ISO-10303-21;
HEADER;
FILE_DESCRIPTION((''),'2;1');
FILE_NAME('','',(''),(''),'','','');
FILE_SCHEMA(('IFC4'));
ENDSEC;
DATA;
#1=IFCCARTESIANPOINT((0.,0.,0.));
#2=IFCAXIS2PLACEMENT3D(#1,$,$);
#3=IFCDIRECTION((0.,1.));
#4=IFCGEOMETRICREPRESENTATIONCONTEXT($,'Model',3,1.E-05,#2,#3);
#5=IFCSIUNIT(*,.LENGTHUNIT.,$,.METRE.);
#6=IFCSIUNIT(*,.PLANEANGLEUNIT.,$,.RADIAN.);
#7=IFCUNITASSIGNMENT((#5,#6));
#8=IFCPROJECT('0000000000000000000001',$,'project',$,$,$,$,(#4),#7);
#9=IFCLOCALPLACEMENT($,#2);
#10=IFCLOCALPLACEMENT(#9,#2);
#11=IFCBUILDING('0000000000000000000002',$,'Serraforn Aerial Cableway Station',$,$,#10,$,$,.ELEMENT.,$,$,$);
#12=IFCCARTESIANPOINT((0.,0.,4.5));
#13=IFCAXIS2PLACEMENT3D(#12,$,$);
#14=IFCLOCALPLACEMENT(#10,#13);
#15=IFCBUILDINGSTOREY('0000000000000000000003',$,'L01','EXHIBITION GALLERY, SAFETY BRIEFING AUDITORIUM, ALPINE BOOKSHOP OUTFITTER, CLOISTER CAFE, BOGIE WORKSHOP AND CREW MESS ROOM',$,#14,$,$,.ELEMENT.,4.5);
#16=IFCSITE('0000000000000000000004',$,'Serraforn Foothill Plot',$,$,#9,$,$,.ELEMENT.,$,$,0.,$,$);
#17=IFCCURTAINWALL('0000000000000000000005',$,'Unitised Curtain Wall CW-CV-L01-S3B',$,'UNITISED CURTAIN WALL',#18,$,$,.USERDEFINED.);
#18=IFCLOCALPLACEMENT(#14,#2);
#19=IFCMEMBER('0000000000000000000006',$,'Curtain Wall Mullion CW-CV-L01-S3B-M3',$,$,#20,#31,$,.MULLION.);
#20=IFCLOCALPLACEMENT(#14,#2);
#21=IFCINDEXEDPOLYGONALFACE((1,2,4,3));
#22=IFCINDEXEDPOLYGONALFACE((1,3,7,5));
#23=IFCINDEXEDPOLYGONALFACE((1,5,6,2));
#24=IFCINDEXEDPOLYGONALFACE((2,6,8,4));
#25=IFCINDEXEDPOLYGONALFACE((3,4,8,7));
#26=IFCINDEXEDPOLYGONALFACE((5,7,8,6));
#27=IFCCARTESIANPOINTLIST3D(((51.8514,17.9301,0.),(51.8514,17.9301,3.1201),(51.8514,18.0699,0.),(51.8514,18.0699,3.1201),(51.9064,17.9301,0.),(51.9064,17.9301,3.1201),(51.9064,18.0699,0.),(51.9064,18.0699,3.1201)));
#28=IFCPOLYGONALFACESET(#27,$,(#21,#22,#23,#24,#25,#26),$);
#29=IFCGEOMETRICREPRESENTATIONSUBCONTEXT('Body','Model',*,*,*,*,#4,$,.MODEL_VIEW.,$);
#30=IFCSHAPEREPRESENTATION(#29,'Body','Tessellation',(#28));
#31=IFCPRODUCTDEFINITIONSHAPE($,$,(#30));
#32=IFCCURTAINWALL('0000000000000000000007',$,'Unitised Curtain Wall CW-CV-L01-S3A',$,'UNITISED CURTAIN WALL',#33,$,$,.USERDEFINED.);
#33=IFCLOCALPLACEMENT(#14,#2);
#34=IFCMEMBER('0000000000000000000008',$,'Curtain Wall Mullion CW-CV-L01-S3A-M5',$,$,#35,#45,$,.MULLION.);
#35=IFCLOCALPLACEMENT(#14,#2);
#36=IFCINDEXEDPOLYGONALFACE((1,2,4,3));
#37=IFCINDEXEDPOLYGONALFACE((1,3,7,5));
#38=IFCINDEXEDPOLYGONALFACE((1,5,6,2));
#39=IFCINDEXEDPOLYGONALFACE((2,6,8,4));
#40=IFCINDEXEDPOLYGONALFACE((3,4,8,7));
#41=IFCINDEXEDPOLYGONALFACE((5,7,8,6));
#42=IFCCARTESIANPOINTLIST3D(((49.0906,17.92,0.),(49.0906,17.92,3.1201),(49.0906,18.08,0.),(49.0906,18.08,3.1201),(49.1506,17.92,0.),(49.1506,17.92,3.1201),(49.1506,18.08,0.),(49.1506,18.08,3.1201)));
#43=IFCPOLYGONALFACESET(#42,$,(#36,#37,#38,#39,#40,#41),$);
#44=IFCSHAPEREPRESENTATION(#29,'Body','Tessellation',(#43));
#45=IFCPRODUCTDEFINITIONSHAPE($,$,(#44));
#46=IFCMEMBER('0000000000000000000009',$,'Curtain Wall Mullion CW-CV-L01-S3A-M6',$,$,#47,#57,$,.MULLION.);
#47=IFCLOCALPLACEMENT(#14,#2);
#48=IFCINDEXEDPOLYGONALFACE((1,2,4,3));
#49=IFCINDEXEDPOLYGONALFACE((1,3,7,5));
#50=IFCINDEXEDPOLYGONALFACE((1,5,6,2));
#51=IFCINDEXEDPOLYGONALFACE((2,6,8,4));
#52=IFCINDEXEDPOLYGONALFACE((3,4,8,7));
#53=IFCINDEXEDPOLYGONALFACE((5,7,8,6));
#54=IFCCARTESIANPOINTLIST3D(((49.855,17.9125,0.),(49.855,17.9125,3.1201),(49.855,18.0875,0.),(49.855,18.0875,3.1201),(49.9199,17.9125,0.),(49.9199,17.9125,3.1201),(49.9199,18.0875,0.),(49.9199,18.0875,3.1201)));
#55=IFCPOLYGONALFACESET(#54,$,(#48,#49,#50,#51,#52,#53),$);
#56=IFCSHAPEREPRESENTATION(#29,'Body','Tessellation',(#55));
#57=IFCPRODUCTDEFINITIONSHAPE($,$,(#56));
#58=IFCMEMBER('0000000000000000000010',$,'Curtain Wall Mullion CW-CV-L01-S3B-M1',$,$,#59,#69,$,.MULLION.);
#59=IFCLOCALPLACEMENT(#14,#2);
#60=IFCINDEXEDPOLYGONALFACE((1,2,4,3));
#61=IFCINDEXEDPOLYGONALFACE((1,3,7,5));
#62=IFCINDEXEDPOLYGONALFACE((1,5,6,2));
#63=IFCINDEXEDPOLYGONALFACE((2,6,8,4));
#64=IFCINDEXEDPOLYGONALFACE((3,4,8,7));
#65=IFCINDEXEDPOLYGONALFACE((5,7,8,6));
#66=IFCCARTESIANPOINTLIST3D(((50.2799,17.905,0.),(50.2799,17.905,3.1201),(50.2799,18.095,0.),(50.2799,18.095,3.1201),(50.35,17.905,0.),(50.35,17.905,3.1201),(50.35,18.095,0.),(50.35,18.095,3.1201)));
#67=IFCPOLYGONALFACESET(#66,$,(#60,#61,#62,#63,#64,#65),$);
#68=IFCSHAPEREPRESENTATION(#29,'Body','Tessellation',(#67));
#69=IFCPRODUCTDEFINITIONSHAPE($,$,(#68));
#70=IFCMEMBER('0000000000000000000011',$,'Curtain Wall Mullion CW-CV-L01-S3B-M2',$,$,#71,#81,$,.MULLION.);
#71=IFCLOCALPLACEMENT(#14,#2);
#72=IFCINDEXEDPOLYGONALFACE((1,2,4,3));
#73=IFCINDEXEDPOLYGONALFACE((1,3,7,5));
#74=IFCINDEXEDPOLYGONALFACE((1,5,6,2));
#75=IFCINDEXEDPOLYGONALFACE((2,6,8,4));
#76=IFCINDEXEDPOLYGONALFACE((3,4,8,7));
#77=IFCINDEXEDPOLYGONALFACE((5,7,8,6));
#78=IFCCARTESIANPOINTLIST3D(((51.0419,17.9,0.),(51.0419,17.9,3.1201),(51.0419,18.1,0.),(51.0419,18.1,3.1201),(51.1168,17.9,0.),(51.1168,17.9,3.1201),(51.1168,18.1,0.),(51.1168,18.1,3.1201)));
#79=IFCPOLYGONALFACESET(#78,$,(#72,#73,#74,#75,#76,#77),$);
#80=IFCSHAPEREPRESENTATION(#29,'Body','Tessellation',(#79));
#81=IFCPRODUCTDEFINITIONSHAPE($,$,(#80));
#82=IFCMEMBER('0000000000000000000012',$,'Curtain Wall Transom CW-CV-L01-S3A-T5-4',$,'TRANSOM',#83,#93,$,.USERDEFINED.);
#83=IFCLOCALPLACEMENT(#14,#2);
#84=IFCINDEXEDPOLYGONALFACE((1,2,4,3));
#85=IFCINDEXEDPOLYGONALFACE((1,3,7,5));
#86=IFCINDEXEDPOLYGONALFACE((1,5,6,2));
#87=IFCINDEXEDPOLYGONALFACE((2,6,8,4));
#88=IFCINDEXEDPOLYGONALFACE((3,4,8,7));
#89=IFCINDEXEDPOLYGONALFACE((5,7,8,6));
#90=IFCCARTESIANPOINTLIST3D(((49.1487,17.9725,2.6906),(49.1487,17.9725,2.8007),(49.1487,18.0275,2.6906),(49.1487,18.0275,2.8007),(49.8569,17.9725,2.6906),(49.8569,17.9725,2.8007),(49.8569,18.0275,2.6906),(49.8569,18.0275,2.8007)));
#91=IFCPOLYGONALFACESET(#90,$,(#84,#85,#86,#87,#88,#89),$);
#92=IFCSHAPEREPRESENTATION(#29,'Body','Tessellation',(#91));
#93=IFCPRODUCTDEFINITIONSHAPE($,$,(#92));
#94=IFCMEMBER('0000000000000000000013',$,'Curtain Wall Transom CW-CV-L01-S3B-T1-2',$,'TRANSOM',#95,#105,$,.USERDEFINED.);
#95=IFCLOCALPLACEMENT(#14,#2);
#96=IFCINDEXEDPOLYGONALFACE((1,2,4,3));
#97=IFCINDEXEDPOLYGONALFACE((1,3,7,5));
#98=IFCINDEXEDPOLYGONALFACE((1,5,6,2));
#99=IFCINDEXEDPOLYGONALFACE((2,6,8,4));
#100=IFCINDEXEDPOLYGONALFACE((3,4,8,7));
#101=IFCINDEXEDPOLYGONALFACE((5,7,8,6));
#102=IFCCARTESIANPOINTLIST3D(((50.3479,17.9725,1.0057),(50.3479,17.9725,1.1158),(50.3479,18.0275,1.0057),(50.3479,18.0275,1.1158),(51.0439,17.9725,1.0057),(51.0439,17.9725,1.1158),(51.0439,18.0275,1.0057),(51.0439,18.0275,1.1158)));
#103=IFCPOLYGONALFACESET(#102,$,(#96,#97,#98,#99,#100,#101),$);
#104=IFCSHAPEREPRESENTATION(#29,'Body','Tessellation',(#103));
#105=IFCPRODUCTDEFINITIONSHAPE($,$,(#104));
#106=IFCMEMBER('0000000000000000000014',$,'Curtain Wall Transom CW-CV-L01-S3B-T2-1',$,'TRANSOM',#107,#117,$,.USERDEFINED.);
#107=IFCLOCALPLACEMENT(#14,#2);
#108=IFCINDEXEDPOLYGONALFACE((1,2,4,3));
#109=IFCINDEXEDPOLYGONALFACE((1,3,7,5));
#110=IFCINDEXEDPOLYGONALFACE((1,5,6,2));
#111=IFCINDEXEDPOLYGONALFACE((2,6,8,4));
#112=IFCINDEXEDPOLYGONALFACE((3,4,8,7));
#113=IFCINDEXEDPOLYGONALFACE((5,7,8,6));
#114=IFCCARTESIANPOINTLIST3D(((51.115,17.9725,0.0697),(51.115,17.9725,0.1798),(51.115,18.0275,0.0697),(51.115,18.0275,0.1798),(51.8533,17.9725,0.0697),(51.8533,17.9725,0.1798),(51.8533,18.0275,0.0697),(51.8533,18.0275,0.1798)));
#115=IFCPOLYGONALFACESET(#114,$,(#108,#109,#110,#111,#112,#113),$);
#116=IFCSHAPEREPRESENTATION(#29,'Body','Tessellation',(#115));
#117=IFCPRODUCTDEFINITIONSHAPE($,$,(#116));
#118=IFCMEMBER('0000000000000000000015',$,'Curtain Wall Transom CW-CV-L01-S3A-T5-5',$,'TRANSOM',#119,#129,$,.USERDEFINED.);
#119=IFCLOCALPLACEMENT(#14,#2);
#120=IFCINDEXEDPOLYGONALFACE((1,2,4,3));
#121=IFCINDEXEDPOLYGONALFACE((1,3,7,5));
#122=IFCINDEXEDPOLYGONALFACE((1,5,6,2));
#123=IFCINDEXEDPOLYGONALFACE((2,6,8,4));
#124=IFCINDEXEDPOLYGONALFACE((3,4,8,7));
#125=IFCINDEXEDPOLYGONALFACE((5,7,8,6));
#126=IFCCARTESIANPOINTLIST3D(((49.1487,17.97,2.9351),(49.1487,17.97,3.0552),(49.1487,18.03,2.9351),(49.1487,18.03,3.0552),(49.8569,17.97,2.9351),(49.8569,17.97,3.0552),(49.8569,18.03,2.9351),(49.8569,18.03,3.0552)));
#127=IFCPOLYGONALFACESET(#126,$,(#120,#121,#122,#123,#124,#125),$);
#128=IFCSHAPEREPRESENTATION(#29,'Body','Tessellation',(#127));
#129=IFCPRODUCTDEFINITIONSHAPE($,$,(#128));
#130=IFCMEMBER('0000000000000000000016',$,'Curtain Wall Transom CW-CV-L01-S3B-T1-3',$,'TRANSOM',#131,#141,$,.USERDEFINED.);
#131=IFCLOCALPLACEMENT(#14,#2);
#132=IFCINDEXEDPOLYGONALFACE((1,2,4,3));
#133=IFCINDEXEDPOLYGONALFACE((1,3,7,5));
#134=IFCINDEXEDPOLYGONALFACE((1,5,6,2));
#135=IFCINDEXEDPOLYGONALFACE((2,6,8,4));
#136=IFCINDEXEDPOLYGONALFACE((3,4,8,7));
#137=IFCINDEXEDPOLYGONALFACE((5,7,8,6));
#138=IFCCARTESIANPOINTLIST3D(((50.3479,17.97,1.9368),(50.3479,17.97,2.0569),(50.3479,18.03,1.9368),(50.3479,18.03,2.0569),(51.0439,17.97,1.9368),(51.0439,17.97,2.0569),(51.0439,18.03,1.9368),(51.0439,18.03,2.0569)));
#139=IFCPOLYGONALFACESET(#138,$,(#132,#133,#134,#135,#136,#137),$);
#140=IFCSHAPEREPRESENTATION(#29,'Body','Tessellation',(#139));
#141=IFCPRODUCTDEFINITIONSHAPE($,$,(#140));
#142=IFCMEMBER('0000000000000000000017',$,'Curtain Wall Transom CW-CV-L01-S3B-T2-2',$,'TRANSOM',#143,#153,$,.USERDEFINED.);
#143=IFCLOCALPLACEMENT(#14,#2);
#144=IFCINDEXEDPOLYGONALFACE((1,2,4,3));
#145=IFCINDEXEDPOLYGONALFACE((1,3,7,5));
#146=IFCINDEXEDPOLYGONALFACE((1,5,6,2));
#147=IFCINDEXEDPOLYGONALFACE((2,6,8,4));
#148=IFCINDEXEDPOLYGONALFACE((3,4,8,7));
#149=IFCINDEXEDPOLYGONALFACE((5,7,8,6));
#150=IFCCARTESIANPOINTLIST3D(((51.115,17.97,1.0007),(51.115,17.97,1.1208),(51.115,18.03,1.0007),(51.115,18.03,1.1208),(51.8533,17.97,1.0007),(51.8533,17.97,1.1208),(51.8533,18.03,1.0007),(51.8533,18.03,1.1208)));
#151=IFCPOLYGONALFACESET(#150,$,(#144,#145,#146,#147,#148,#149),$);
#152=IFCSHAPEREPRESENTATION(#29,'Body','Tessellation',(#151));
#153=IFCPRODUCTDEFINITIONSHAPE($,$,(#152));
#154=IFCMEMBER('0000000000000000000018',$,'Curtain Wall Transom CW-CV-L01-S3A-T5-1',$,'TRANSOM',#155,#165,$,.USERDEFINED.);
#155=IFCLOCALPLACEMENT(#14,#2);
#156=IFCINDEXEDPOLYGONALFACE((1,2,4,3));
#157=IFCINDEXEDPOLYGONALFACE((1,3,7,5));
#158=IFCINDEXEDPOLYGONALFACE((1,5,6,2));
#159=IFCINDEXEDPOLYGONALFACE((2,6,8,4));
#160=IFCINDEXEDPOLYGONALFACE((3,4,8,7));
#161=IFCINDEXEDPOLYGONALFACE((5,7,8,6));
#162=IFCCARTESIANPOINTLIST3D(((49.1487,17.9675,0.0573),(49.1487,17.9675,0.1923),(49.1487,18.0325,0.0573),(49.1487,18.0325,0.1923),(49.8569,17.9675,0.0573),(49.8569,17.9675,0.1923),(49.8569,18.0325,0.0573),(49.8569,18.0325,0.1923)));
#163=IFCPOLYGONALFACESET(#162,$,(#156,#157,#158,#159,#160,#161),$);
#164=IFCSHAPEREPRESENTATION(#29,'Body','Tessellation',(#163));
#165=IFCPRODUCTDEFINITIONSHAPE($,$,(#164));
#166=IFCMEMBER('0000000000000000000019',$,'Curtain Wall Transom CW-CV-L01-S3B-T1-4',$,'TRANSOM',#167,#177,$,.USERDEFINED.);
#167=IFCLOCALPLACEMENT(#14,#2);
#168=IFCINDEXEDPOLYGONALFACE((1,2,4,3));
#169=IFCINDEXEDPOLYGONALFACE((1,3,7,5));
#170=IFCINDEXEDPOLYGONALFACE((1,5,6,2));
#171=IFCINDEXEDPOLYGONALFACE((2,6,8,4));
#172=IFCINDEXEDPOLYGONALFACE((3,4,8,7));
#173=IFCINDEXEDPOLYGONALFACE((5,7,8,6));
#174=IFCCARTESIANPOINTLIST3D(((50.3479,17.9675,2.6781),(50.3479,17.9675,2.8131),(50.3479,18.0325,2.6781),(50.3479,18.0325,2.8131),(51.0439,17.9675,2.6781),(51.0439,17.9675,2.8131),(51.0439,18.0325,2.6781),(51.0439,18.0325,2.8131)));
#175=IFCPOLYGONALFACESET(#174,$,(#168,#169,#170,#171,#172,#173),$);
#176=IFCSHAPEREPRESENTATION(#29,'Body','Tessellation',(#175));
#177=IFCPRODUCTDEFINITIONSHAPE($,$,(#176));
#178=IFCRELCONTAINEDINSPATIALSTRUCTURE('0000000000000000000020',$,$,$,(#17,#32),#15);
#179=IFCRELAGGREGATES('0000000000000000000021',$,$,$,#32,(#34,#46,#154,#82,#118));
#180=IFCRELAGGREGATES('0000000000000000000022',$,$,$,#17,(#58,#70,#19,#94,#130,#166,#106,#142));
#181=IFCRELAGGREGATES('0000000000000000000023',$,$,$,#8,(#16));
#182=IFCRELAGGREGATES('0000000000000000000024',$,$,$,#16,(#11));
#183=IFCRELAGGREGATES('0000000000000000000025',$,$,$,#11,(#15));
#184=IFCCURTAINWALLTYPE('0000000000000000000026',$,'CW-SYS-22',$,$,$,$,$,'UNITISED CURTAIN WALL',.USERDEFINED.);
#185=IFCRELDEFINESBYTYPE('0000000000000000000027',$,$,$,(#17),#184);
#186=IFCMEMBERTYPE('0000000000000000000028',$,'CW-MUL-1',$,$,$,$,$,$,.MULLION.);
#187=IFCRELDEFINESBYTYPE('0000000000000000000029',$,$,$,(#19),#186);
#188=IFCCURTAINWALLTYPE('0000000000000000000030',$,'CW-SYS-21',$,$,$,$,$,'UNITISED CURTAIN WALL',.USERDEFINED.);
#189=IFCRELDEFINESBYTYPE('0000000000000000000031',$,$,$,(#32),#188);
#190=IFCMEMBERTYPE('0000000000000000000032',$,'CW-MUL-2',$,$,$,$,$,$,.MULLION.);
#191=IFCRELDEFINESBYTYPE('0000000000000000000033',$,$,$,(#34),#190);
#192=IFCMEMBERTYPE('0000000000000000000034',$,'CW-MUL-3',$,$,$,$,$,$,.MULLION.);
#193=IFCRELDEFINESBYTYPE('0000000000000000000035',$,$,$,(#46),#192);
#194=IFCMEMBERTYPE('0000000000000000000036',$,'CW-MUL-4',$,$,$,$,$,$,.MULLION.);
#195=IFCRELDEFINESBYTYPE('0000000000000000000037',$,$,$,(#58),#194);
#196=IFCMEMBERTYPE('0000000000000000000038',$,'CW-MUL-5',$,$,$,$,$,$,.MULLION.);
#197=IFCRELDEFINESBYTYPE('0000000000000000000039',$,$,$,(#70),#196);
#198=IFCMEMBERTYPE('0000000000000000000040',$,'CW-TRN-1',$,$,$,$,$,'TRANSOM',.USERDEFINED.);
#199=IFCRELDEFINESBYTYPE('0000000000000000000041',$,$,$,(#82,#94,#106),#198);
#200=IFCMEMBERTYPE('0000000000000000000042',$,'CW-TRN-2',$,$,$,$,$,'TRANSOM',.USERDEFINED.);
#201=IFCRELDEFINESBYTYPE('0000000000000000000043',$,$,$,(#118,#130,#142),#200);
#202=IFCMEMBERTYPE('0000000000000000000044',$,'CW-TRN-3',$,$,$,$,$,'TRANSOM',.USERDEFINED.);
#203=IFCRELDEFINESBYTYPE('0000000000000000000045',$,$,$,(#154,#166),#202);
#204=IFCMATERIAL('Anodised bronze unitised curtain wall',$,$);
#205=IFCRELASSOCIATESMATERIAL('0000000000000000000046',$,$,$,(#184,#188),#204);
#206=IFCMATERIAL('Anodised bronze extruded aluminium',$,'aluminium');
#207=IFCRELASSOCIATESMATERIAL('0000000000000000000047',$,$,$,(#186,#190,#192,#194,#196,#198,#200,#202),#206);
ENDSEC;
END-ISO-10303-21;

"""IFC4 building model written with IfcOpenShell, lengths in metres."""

from ifc_helpers import new_model, si_unit, direction, frame, origin, origin_2d, place, context, subcontext, project, spatial, rectangle, extrude, material, material_profile, profile_set, type_object, element, aggregate, save


model = new_model("IFC4")

# Units and contexts
model_context = context("Model", 3, precision=1e-05, world=origin(), true_north=direction((0.0, 1.0)))
body_context = subcontext(model_context, "Body", "Model", "MODEL_VIEW")
ifc_project = project(units=[si_unit("LENGTHUNIT", "METRE"), si_unit("PLANEANGLEUNIT", "RADIAN")], contexts=[model_context])

# Site, building, storey
site_placement = place(None, origin())
site = spatial("IfcSite", under=ifc_project, at=site_placement, Name="Serraforn Foothill Plot", CompositionType="ELEMENT", RefElevation=0.0)
building_placement = place(site_placement, origin())
building = spatial("IfcBuilding", under=site, at=building_placement, Name="Serraforn Aerial Cableway Station", CompositionType="ELEMENT")
storey_placement = place(building_placement, frame((0.0, 0.0, 4.5)))
storey = spatial("IfcBuildingStorey", under=building, at=storey_placement, Name="L01", Description="EXHIBITION GALLERY, SAFETY BRIEFING AUDITORIUM, ALPINE BOOKSHOP OUTFITTER, CLOISTER CAFE, BOGIE WORKSHOP AND CREW MESS ROOM", CompositionType="ELEMENT", Elevation=4.5)

# Curtain wall, member
ifc_material_1 = material(Name="Anodised bronze unitised curtain wall")
curtain_wall_type_1 = type_object("IfcCurtainWallType", Name="CW-SYS-22", ElementType="UNITISED CURTAIN WALL", PredefinedType="USERDEFINED", material=ifc_material_1)
curtain_wall_1_placement = place(storey_placement, origin())
curtain_wall_1 = element("IfcCurtainWall", 1, at=curtain_wall_1_placement, inside=storey, type_object=curtain_wall_type_1, Name="Unitised Curtain Wall CW-CV-L01-S3B", ObjectType="UNITISED CURTAIN WALL", PredefinedType="USERDEFINED")
ifc_material_2 = material(Name="Anodised bronze extruded aluminium", Category="aluminium")
ifc_material_profile_1 = material_profile(ifc_material_2, rectangle(XDim=0.0549, YDim=0.1399, at=origin_2d()), Name="CW MULLION 55x140")
ifc_profile_set_1 = profile_set([ifc_material_profile_1], Name="Anodised bronze extruded aluminium")
member_type_1 = type_object("IfcMemberType", Name="CW-MUL-1", PredefinedType="MULLION", material=ifc_profile_set_1)
member_1_placement = place(storey_placement, frame((51.8789, 18.0, 0.0), z_axis=(0.0, 0.0, 1.0), x_axis=(1.0, 0.0, 0.0)))
member_1 = element("IfcMember", 2, at=member_1_placement, type_object=member_type_1, Name="Curtain Wall Mullion CW-CV-L01-S3B-M3", PredefinedType="MULLION", context=body_context, shape_type="SweptSolid", body=[
    extrude(rectangle(XDim=0.0549, YDim=0.1399, at=origin_2d()), origin(), (0.0, 0.0, 1.0), 3.1201),
])

# Curtain wall, members
curtain_wall_type_2 = type_object("IfcCurtainWallType", Name="CW-SYS-21", ElementType="UNITISED CURTAIN WALL", PredefinedType="USERDEFINED", material=ifc_material_1)
curtain_wall_2_placement = place(storey_placement, origin())
curtain_wall_2 = element("IfcCurtainWall", 3, at=curtain_wall_2_placement, inside=storey, type_object=curtain_wall_type_2, Name="Unitised Curtain Wall CW-CV-L01-S3A", ObjectType="UNITISED CURTAIN WALL", PredefinedType="USERDEFINED")
ifc_material_profile_2 = material_profile(ifc_material_2, rectangle(XDim=0.0601, YDim=0.1599, at=origin_2d()), Name="CW MULLION 60x160")
ifc_profile_set_2 = profile_set([ifc_material_profile_2], Name="Anodised bronze extruded aluminium")
member_type_2 = type_object("IfcMemberType", Name="CW-MUL-2", PredefinedType="MULLION", material=ifc_profile_set_2)
member_2_placement = place(storey_placement, frame((49.1206, 18.0, 0.0), z_axis=(0.0, 0.0, 1.0), x_axis=(1.0, 0.0, 0.0)))
member_2 = element("IfcMember", 4, at=member_2_placement, type_object=member_type_2, Name="Curtain Wall Mullion CW-CV-L01-S3A-M5", PredefinedType="MULLION", context=body_context, shape_type="SweptSolid", body=[
    extrude(rectangle(XDim=0.0601, YDim=0.1599, at=origin_2d()), origin(), (0.0, 0.0, 1.0), 3.1201),
])
ifc_material_profile_3 = material_profile(ifc_material_2, rectangle(XDim=0.0649, YDim=0.175, at=origin_2d()), Name="CW MULLION 65x175")
ifc_profile_set_3 = profile_set([ifc_material_profile_3], Name="Anodised bronze extruded aluminium")
member_type_3 = type_object("IfcMemberType", Name="CW-MUL-3", PredefinedType="MULLION", material=ifc_profile_set_3)
member_3_placement = place(storey_placement, frame((49.8875, 18.0, 0.0), z_axis=(0.0, 0.0, 1.0), x_axis=(1.0, 0.0, 0.0)))
member_3 = element("IfcMember", 5, at=member_3_placement, type_object=member_type_3, Name="Curtain Wall Mullion CW-CV-L01-S3A-M6", PredefinedType="MULLION", context=body_context, shape_type="SweptSolid", body=[
    extrude(rectangle(XDim=0.0649, YDim=0.175, at=origin_2d()), origin(), (0.0, 0.0, 1.0), 3.1201),
])

# Members
ifc_material_profile_4 = material_profile(ifc_material_2, rectangle(XDim=0.0701, YDim=0.1899, at=origin_2d()), Name="CW MULLION 70x190")
ifc_profile_set_4 = profile_set([ifc_material_profile_4], Name="Anodised bronze extruded aluminium")
member_type_4 = type_object("IfcMemberType", Name="CW-MUL-4", PredefinedType="MULLION", material=ifc_profile_set_4)
member_4_placement = place(storey_placement, frame((50.3149, 18.0, 0.0), z_axis=(0.0, 0.0, 1.0), x_axis=(1.0, 0.0, 0.0)))
member_4 = element("IfcMember", 6, at=member_4_placement, type_object=member_type_4, Name="Curtain Wall Mullion CW-CV-L01-S3B-M1", PredefinedType="MULLION", context=body_context, shape_type="SweptSolid", body=[
    extrude(rectangle(XDim=0.0701, YDim=0.1899, at=origin_2d()), origin(), (0.0, 0.0, 1.0), 3.1201),
])
ifc_material_profile_5 = material_profile(ifc_material_2, rectangle(XDim=0.075, YDim=0.2, at=origin_2d()), Name="CW MULLION 75x200")
ifc_profile_set_5 = profile_set([ifc_material_profile_5], Name="Anodised bronze extruded aluminium")
member_type_5 = type_object("IfcMemberType", Name="CW-MUL-5", PredefinedType="MULLION", material=ifc_profile_set_5)
member_5_placement = place(storey_placement, frame((51.0793, 18.0, 0.0), z_axis=(0.0, 0.0, 1.0), x_axis=(1.0, 0.0, 0.0)))
member_5 = element("IfcMember", 7, at=member_5_placement, type_object=member_type_5, Name="Curtain Wall Mullion CW-CV-L01-S3B-M2", PredefinedType="MULLION", context=body_context, shape_type="SweptSolid", body=[
    extrude(rectangle(XDim=0.075, YDim=0.2, at=origin_2d()), origin(), (0.0, 0.0, 1.0), 3.1201),
])
ifc_material_profile_6 = material_profile(ifc_material_2, rectangle(XDim=0.0549, YDim=0.1101, at=origin_2d()), Name="CW TRANSOM 55x110")
ifc_profile_set_6 = profile_set([ifc_material_profile_6], Name="Anodised bronze extruded aluminium")
member_type_6 = type_object("IfcMemberType", Name="CW-TRN-1", ElementType="TRANSOM", PredefinedType="USERDEFINED", material=ifc_profile_set_6)
member_6_placement = place(storey_placement, frame((49.1487, 18.0, 2.7456), z_axis=(1.0, 0.0, 0.0), x_axis=(0.0, 1.0, 0.0)))
member_6 = element("IfcMember", 8, at=member_6_placement, type_object=member_type_6, Name="Curtain Wall Transom CW-CV-L01-S3A-T5-4", ObjectType="TRANSOM", PredefinedType="USERDEFINED", context=body_context, shape_type="SweptSolid", body=[
    extrude(rectangle(XDim=0.0549, YDim=0.1101, at=origin_2d()), origin(), (0.0, 0.0, 1.0), 0.7083),
])
member_7_placement = place(storey_placement, frame((50.3479, 18.0, 1.0608), z_axis=(1.0, 0.0, 0.0), x_axis=(0.0, 1.0, 0.0)))
member_7 = element("IfcMember", 9, at=member_7_placement, type_object=member_type_6, Name="Curtain Wall Transom CW-CV-L01-S3B-T1-2", ObjectType="TRANSOM", PredefinedType="USERDEFINED", context=body_context, shape_type="SweptSolid", body=[
    extrude(rectangle(XDim=0.0549, YDim=0.1101, at=origin_2d()), origin(), (0.0, 0.0, 1.0), 0.696),
])
member_8_placement = place(storey_placement, frame((51.115, 18.0, 0.1248), z_axis=(1.0, 0.0, 0.0), x_axis=(0.0, 1.0, 0.0)))
member_8 = element("IfcMember", 10, at=member_8_placement, type_object=member_type_6, Name="Curtain Wall Transom CW-CV-L01-S3B-T2-1", ObjectType="TRANSOM", PredefinedType="USERDEFINED", context=body_context, shape_type="SweptSolid", body=[
    extrude(rectangle(XDim=0.0549, YDim=0.1101, at=origin_2d()), origin(), (0.0, 0.0, 1.0), 0.7383),
])
ifc_material_profile_7 = material_profile(ifc_material_2, rectangle(XDim=0.0601, YDim=0.1201, at=origin_2d()), Name="CW TRANSOM 60x120")
ifc_profile_set_7 = profile_set([ifc_material_profile_7], Name="Anodised bronze extruded aluminium")
member_type_7 = type_object("IfcMemberType", Name="CW-TRN-2", ElementType="TRANSOM", PredefinedType="USERDEFINED", material=ifc_profile_set_7)
member_9_placement = place(storey_placement, frame((49.1487, 18.0, 2.9951), z_axis=(1.0, 0.0, 0.0), x_axis=(0.0, 1.0, 0.0)))
member_9 = element("IfcMember", 11, at=member_9_placement, type_object=member_type_7, Name="Curtain Wall Transom CW-CV-L01-S3A-T5-5", ObjectType="TRANSOM", PredefinedType="USERDEFINED", context=body_context, shape_type="SweptSolid", body=[
    extrude(rectangle(XDim=0.0601, YDim=0.1201, at=origin_2d()), origin(), (0.0, 0.0, 1.0), 0.7083),
])
member_10_placement = place(storey_placement, frame((50.3479, 18.0, 1.9968), z_axis=(1.0, 0.0, 0.0), x_axis=(0.0, 1.0, 0.0)))
member_10 = element("IfcMember", 12, at=member_10_placement, type_object=member_type_7, Name="Curtain Wall Transom CW-CV-L01-S3B-T1-3", ObjectType="TRANSOM", PredefinedType="USERDEFINED", context=body_context, shape_type="SweptSolid", body=[
    extrude(rectangle(XDim=0.0601, YDim=0.1201, at=origin_2d()), origin(), (0.0, 0.0, 1.0), 0.696),
])
member_11_placement = place(storey_placement, frame((51.115, 18.0, 1.0608), z_axis=(1.0, 0.0, 0.0), x_axis=(0.0, 1.0, 0.0)))
member_11 = element("IfcMember", 13, at=member_11_placement, type_object=member_type_7, Name="Curtain Wall Transom CW-CV-L01-S3B-T2-2", ObjectType="TRANSOM", PredefinedType="USERDEFINED", context=body_context, shape_type="SweptSolid", body=[
    extrude(rectangle(XDim=0.0601, YDim=0.1201, at=origin_2d()), origin(), (0.0, 0.0, 1.0), 0.7383),
])
ifc_material_profile_8 = material_profile(ifc_material_2, rectangle(XDim=0.0649, YDim=0.135, at=origin_2d()), Name="CW TRANSOM 65x135")
ifc_profile_set_8 = profile_set([ifc_material_profile_8], Name="Anodised bronze extruded aluminium")
member_type_8 = type_object("IfcMemberType", Name="CW-TRN-3", ElementType="TRANSOM", PredefinedType="USERDEFINED", material=ifc_profile_set_8)
member_12_placement = place(storey_placement, frame((49.1487, 18.0, 0.1248), z_axis=(1.0, 0.0, 0.0), x_axis=(0.0, 1.0, 0.0)))
member_12 = element("IfcMember", 14, at=member_12_placement, type_object=member_type_8, Name="Curtain Wall Transom CW-CV-L01-S3A-T5-1", ObjectType="TRANSOM", PredefinedType="USERDEFINED", context=body_context, shape_type="SweptSolid", body=[
    extrude(rectangle(XDim=0.0649, YDim=0.135, at=origin_2d()), origin(), (0.0, 0.0, 1.0), 0.7083),
])
member_13_placement = place(storey_placement, frame((50.3479, 18.0, 2.7456), z_axis=(1.0, 0.0, 0.0), x_axis=(0.0, 1.0, 0.0)))
member_13 = element("IfcMember", 15, at=member_13_placement, type_object=member_type_8, Name="Curtain Wall Transom CW-CV-L01-S3B-T1-4", ObjectType="TRANSOM", PredefinedType="USERDEFINED", context=body_context, shape_type="SweptSolid", body=[
    extrude(rectangle(XDim=0.0649, YDim=0.135, at=origin_2d()), origin(), (0.0, 0.0, 1.0), 0.696),
])

aggregate(curtain_wall_2, [member_2, member_3, member_12, member_6, member_9])
aggregate(curtain_wall_1, [member_4, member_5, member_1, member_7, member_10, member_13, member_8, member_11])

save(model, "model.ifc")
